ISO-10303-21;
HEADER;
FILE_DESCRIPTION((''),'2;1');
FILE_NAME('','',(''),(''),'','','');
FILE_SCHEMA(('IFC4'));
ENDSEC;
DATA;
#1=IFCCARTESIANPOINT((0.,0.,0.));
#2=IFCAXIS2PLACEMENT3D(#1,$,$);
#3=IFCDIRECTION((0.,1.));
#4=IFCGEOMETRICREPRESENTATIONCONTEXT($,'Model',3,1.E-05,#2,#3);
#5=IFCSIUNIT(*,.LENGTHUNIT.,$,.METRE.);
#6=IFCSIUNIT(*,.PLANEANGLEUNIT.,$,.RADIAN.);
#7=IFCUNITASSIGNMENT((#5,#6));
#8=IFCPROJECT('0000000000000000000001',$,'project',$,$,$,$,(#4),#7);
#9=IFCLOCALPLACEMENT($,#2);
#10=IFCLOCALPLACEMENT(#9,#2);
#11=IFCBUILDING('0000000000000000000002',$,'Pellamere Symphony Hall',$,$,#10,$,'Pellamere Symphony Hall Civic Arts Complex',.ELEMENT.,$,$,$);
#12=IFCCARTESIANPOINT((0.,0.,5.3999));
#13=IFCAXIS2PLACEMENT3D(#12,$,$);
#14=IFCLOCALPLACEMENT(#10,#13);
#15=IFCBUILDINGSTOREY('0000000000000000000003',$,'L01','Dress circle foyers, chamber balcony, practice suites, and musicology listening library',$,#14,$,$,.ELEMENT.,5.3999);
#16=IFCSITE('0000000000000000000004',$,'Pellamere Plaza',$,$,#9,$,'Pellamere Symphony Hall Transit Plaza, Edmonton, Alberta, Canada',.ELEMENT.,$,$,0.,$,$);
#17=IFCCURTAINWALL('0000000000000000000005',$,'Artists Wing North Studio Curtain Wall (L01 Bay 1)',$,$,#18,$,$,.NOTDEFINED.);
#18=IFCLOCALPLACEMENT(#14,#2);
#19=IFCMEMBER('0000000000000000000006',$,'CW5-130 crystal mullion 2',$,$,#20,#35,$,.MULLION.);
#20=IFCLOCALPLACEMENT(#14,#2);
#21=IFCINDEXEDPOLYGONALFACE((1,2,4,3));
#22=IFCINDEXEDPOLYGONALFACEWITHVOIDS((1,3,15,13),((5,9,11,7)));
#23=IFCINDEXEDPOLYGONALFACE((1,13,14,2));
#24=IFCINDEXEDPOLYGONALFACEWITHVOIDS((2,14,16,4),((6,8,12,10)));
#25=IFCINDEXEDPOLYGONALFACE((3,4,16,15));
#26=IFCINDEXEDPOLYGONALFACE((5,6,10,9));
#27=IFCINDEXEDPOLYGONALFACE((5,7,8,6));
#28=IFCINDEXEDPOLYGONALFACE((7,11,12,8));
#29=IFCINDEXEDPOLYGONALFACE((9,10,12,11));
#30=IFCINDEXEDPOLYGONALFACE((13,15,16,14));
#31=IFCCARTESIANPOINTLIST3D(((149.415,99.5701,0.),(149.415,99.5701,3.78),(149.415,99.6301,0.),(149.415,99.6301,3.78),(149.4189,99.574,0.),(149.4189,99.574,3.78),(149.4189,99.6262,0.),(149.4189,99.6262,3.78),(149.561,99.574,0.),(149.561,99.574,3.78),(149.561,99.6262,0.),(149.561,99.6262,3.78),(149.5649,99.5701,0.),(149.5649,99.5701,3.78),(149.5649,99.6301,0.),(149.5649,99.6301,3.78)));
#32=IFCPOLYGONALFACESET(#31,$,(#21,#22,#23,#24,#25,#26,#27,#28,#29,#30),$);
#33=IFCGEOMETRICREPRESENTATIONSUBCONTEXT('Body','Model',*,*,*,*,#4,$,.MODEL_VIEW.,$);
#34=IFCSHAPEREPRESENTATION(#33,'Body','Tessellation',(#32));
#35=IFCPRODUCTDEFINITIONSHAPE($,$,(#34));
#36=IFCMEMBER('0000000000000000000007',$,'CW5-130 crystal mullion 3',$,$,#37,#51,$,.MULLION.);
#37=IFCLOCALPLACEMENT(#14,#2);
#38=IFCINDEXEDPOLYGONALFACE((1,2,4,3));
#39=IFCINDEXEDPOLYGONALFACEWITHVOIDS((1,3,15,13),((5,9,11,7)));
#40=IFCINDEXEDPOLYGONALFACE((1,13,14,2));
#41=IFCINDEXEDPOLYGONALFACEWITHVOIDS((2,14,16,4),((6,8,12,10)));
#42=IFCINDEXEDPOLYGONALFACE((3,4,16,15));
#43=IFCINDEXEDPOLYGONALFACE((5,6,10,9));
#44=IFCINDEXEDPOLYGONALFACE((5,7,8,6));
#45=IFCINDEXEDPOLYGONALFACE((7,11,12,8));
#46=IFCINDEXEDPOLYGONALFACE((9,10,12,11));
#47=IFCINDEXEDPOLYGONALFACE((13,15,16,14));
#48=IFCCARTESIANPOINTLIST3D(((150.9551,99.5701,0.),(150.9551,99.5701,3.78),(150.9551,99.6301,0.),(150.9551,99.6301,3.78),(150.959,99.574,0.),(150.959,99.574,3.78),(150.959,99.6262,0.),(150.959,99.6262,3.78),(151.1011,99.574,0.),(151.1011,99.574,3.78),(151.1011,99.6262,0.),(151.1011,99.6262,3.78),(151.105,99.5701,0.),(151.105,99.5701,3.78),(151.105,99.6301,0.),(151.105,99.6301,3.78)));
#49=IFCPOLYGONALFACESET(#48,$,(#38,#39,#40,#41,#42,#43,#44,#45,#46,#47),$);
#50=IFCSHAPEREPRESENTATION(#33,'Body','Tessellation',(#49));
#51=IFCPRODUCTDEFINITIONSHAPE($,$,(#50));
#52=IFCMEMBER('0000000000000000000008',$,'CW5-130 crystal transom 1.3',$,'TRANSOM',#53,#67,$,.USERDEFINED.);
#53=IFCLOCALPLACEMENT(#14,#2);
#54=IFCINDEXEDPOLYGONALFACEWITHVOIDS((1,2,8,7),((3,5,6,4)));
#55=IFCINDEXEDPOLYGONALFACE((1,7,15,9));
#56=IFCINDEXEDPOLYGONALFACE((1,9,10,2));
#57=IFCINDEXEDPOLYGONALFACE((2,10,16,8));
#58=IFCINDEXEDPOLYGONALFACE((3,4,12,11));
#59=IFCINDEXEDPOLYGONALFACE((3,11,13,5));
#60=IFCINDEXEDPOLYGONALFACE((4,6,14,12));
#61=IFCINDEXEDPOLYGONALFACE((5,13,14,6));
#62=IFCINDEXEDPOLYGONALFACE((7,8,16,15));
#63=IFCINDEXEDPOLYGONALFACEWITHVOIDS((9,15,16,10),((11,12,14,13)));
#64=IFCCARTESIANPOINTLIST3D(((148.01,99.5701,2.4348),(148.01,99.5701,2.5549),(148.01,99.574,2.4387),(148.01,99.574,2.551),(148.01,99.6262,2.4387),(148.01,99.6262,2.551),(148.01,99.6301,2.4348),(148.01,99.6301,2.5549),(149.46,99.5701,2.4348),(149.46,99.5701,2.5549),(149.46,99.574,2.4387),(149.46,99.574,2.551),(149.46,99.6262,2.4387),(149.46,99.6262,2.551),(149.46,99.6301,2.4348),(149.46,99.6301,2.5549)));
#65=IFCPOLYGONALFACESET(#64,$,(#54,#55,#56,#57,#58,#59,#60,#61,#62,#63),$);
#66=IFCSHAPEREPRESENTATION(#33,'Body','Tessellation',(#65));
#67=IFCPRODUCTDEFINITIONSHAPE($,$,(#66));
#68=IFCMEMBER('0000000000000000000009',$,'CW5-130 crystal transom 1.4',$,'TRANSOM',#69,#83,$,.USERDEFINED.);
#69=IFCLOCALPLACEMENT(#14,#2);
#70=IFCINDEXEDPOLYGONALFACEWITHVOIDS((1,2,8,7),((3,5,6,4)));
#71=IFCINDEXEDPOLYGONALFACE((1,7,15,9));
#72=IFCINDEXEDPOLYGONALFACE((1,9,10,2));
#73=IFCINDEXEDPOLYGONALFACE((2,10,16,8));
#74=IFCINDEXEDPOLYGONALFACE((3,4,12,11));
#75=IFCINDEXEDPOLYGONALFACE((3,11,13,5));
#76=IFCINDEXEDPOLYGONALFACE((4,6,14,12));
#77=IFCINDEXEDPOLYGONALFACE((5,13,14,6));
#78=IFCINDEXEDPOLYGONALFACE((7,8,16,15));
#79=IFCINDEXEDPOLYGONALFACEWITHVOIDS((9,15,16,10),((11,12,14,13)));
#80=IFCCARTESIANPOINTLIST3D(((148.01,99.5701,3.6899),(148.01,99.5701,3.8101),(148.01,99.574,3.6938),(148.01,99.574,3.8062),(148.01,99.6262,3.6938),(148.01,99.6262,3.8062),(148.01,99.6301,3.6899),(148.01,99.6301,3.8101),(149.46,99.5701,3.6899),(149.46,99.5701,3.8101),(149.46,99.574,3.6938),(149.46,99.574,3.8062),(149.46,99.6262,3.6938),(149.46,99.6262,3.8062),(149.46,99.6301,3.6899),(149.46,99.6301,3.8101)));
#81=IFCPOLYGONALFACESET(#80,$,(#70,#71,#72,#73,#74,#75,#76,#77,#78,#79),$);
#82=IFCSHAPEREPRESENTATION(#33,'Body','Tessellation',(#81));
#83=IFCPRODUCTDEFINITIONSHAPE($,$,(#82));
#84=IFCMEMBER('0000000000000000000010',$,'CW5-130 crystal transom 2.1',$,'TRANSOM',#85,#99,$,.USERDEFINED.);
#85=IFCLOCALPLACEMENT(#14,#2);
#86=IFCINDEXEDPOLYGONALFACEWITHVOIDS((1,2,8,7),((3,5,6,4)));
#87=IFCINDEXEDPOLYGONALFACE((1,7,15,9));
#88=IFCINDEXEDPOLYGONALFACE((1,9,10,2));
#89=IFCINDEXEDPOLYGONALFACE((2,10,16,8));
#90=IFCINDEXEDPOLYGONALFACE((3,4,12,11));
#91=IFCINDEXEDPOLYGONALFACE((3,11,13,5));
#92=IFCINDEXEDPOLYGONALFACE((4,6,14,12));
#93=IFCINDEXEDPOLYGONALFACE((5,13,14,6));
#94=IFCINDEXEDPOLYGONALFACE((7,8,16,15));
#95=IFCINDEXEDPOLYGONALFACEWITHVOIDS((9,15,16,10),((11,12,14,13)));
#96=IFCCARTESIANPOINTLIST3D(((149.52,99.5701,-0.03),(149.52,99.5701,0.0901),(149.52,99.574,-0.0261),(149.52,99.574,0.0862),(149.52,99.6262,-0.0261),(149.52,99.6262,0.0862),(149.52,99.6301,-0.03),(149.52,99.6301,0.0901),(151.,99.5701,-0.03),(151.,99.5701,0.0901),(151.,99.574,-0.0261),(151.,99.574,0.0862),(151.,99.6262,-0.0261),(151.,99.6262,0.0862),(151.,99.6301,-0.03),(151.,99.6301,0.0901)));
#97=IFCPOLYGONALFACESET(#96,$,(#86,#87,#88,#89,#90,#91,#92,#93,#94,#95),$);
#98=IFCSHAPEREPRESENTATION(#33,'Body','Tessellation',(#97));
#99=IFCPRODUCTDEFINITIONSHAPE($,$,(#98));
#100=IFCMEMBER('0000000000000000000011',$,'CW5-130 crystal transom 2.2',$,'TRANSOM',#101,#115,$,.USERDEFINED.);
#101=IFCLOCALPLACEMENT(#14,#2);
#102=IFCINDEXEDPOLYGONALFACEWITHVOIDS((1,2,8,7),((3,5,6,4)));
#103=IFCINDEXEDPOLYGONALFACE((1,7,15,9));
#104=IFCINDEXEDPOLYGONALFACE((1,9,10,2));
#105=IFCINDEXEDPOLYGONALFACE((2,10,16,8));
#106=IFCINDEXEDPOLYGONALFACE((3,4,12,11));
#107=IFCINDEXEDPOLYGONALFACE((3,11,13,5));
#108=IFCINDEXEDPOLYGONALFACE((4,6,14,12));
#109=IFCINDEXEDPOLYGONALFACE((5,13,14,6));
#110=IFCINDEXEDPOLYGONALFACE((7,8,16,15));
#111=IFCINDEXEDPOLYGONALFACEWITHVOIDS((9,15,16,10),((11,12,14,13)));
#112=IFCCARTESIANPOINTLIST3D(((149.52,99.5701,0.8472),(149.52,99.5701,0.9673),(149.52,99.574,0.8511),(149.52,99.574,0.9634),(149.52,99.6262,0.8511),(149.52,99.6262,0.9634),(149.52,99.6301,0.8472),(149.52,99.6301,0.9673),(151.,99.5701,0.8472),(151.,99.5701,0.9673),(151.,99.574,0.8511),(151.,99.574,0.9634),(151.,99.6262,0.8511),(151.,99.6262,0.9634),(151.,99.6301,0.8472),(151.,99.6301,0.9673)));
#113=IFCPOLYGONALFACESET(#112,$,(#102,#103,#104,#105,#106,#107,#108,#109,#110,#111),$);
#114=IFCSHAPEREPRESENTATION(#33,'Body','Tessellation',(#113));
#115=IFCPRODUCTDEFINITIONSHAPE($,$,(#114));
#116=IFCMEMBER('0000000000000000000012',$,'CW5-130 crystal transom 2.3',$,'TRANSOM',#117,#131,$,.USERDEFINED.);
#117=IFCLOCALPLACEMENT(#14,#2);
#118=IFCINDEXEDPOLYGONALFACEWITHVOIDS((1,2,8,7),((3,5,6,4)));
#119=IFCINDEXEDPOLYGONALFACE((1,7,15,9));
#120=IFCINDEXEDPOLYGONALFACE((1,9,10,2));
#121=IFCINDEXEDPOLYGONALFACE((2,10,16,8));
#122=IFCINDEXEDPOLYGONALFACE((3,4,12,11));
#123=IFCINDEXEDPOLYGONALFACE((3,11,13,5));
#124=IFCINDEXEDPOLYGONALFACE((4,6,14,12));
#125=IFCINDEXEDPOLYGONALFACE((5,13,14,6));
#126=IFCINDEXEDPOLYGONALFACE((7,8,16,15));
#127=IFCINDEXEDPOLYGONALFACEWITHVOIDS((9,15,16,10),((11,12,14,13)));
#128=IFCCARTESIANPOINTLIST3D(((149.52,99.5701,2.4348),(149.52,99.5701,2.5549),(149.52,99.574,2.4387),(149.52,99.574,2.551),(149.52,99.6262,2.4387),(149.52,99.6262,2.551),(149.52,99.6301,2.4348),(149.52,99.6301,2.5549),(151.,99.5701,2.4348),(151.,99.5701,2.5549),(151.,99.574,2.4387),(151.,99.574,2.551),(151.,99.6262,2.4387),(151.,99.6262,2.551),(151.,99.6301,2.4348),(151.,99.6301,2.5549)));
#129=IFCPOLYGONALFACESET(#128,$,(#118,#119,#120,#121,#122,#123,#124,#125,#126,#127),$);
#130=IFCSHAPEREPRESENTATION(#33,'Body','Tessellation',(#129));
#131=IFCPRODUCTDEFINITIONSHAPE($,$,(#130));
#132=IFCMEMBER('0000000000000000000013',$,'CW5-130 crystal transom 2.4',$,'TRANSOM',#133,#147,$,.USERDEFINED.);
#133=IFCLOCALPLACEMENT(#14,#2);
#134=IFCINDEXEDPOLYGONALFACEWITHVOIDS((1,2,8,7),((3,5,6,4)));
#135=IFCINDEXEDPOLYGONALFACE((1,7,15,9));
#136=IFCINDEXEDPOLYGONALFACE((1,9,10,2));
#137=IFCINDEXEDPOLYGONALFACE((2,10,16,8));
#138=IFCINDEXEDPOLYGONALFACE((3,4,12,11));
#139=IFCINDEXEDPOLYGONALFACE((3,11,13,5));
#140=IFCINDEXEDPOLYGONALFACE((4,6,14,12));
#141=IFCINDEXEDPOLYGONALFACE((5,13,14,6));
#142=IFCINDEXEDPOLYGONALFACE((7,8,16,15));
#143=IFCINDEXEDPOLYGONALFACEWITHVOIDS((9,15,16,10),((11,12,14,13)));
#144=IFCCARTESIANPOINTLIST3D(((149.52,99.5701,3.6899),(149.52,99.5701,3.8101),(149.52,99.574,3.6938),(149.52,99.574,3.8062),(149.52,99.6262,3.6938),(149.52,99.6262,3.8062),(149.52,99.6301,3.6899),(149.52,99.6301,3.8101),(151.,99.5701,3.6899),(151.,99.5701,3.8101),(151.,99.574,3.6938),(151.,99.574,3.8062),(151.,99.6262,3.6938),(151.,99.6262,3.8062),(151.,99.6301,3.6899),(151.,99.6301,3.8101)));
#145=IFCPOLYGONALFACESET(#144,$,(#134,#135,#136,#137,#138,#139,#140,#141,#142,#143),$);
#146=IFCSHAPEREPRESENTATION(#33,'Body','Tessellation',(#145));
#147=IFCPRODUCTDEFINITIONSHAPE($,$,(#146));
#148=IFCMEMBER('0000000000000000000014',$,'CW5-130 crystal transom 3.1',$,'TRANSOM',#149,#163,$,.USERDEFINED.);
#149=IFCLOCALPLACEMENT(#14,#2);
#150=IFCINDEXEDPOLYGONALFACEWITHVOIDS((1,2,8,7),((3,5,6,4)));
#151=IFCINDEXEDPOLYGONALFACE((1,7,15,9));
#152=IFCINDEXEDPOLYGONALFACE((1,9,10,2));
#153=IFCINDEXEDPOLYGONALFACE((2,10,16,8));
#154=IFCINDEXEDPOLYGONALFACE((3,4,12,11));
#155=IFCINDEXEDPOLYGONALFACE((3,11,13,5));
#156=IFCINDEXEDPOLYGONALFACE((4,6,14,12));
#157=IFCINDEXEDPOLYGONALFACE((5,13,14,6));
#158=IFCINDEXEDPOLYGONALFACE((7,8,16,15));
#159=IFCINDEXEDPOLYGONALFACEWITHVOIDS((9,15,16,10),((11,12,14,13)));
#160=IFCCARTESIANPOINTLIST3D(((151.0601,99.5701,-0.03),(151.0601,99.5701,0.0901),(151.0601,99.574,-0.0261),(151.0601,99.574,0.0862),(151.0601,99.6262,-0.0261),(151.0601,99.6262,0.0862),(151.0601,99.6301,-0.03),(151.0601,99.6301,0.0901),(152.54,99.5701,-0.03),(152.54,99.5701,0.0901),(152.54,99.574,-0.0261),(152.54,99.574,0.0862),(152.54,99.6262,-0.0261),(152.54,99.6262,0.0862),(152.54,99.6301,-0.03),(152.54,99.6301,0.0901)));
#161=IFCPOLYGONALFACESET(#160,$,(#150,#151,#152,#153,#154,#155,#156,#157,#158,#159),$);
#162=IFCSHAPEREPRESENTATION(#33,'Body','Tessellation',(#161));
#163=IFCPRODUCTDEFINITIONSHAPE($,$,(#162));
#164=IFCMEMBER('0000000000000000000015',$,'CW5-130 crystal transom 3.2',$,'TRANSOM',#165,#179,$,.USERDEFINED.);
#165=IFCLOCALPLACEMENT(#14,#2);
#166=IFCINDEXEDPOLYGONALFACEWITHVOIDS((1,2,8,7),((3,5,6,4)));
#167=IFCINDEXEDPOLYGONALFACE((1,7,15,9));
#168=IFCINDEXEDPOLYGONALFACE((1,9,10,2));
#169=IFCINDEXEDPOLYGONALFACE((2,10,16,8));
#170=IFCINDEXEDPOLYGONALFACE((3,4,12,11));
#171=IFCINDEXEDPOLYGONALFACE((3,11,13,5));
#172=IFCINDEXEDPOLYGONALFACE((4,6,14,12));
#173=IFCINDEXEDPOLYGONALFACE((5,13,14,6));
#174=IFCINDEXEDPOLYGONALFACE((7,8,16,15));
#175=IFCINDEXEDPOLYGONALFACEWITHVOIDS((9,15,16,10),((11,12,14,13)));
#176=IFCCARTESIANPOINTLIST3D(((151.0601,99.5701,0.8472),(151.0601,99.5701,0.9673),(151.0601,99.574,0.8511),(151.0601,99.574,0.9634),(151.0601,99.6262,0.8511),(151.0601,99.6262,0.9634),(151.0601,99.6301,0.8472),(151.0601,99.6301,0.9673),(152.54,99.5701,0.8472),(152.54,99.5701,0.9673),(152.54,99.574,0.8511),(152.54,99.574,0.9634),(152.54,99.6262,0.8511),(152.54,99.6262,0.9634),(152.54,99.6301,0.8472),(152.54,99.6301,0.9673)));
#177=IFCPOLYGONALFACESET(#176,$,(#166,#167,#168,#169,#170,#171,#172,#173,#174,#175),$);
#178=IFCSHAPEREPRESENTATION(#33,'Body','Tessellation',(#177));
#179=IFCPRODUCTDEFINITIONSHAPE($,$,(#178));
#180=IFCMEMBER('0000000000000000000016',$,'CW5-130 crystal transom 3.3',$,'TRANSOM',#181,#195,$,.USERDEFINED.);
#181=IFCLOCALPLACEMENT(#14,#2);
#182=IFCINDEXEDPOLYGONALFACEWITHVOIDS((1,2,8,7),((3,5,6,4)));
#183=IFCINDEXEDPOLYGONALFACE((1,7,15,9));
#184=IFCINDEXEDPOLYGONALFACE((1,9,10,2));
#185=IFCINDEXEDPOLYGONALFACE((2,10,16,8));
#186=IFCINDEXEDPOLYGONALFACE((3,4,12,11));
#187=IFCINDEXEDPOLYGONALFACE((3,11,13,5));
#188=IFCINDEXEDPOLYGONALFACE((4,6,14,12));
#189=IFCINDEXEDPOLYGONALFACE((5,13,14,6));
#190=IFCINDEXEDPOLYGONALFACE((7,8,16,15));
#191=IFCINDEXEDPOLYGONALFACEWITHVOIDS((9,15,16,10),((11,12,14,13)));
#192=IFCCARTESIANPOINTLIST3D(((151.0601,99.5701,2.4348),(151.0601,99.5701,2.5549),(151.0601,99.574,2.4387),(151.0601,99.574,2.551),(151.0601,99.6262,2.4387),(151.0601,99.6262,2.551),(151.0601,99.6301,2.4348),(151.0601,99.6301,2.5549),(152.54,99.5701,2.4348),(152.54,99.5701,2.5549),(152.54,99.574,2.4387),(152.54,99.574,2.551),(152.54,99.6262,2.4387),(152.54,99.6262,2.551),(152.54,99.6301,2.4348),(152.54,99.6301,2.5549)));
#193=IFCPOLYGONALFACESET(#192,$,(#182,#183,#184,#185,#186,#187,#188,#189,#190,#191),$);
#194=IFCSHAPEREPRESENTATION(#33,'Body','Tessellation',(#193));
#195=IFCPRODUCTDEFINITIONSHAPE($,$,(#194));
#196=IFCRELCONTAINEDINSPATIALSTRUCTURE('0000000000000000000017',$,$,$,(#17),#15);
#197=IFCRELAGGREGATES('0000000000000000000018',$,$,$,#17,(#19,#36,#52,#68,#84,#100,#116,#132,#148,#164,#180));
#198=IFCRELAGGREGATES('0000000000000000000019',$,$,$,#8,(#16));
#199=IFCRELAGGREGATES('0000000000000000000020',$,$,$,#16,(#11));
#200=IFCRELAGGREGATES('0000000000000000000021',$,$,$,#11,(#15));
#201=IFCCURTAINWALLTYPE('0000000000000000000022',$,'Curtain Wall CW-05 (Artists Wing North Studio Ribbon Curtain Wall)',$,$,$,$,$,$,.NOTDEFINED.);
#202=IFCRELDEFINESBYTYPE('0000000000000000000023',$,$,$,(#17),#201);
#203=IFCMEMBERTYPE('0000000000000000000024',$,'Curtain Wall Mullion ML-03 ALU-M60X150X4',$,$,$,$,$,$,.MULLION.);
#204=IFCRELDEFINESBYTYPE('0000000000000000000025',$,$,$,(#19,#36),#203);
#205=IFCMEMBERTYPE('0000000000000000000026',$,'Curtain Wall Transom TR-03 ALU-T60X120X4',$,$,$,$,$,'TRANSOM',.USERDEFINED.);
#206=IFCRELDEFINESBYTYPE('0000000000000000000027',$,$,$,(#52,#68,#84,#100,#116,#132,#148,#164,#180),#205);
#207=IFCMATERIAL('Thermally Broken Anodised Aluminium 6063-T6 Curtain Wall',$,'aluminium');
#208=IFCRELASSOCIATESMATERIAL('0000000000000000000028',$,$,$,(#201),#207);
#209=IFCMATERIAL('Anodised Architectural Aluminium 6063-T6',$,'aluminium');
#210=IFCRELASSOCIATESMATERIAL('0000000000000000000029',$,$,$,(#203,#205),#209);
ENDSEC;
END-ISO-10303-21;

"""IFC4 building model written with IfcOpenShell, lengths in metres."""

from ifc_helpers import new_model, si_unit, direction, frame, origin, origin_2d, place, context, subcontext, project, spatial, hollow_rectangle, extrude, material, material_profile, profile_set, type_object, element, aggregate, save


model = new_model("IFC4")

# Units and contexts
model_context = context("Model", 3, precision=1e-05, world=origin(), true_north=direction((0.0, 1.0)))
body_context = subcontext(model_context, "Body", "Model", "MODEL_VIEW")
ifc_project = project(units=[si_unit("LENGTHUNIT", "METRE"), si_unit("PLANEANGLEUNIT", "RADIAN")], contexts=[model_context])

# Site, building, storey
site_placement = place(None, origin())
site = spatial("IfcSite", under=ifc_project, at=site_placement, Name="Pellamere Plaza", LongName="Pellamere Symphony Hall Transit Plaza, Edmonton, Alberta, Canada", CompositionType="ELEMENT", RefElevation=0.0)
building_placement = place(site_placement, origin())
building = spatial("IfcBuilding", under=site, at=building_placement, Name="Pellamere Symphony Hall", LongName="Pellamere Symphony Hall Civic Arts Complex", CompositionType="ELEMENT")
storey_placement = place(building_placement, frame((0.0, 0.0, 5.3999)))
storey = spatial("IfcBuildingStorey", under=building, at=storey_placement, Name="L01", Description="Dress circle foyers, chamber balcony, practice suites, and musicology listening library", CompositionType="ELEMENT", Elevation=5.3999)

# Curtain wall, members
ifc_material_1 = material(Name="Thermally Broken Anodised Aluminium 6063-T6 Curtain Wall", Category="aluminium")
curtain_wall_type = type_object("IfcCurtainWallType", Name="Curtain Wall CW-05 (Artists Wing North Studio Ribbon Curtain Wall)", PredefinedType="NOTDEFINED", material=ifc_material_1)
curtain_wall_placement = place(storey_placement, origin())
curtain_wall = element("IfcCurtainWall", 1, at=curtain_wall_placement, inside=storey, type_object=curtain_wall_type, Name="Artists Wing North Studio Curtain Wall (L01 Bay 1)", PredefinedType="NOTDEFINED")
ifc_material_2 = material(Name="Anodised Architectural Aluminium 6063-T6", Category="aluminium")
ifc_material_profile_1 = material_profile(ifc_material_2, hollow_rectangle(XDim=0.0601, YDim=0.1499, WallThickness=0.0039, at=origin_2d()), Name="ALU-M60X150X4")
ifc_profile_set_1 = profile_set([ifc_material_profile_1], Name="Anodised Architectural Aluminium 6063-T6")
member_type_1 = type_object("IfcMemberType", Name="Curtain Wall Mullion ML-03 ALU-M60X150X4", PredefinedType="MULLION", material=ifc_profile_set_1)
member_1_placement = place(storey_placement, frame((149.49, 99.6001, 0.0), z_axis=(0.0, 0.0, 1.0), x_axis=(0.0, 1.0, 0.0)))
member_1 = element("IfcMember", 2, at=member_1_placement, type_object=member_type_1, Name="CW5-130 crystal mullion 2", PredefinedType="MULLION", context=body_context, shape_type="SweptSolid", body=[
    extrude(hollow_rectangle(XDim=0.0601, YDim=0.1499, WallThickness=0.0039, at=origin_2d()), origin(), (0.0, 0.0, 1.0), 3.78),
])
member_2_placement = place(storey_placement, frame((151.03, 99.6001, 0.0), z_axis=(0.0, 0.0, 1.0), x_axis=(0.0, 1.0, 0.0)))
member_2 = element("IfcMember", 3, at=member_2_placement, type_object=member_type_1, Name="CW5-130 crystal mullion 3", PredefinedType="MULLION", context=body_context, shape_type="SweptSolid", body=[
    extrude(hollow_rectangle(XDim=0.0601, YDim=0.1499, WallThickness=0.0039, at=origin_2d()), origin(), (0.0, 0.0, 1.0), 3.78),
])
ifc_material_profile_2 = material_profile(ifc_material_2, hollow_rectangle(XDim=0.0601, YDim=0.1201, WallThickness=0.0039, at=origin_2d()), Name="ALU-T60X120X4")
ifc_profile_set_2 = profile_set([ifc_material_profile_2], Name="Anodised Architectural Aluminium 6063-T6")
member_type_2 = type_object("IfcMemberType", Name="Curtain Wall Transom TR-03 ALU-T60X120X4", ElementType="TRANSOM", PredefinedType="USERDEFINED", material=ifc_profile_set_2)
member_3_placement = place(storey_placement, frame((148.01, 99.6001, 2.4949), z_axis=(1.0, 0.0, 0.0), x_axis=(0.0, 1.0, 0.0)))
member_3 = element("IfcMember", 4, at=member_3_placement, type_object=member_type_2, Name="CW5-130 crystal transom 1.3", ObjectType="TRANSOM", PredefinedType="USERDEFINED", context=body_context, shape_type="SweptSolid", body=[
    extrude(hollow_rectangle(XDim=0.0601, YDim=0.1201, WallThickness=0.0039, at=origin_2d()), origin(), (0.0, 0.0, 1.0), 1.45),
])
member_4_placement = place(storey_placement, frame((148.01, 99.6001, 3.75), z_axis=(1.0, 0.0, 0.0), x_axis=(0.0, 1.0, 0.0)))
member_4 = element("IfcMember", 5, at=member_4_placement, type_object=member_type_2, Name="CW5-130 crystal transom 1.4", ObjectType="TRANSOM", PredefinedType="USERDEFINED", context=body_context, shape_type="SweptSolid", body=[
    extrude(hollow_rectangle(XDim=0.0601, YDim=0.1201, WallThickness=0.0039, at=origin_2d()), origin(), (0.0, 0.0, 1.0), 1.45),
])
member_5_placement = place(storey_placement, frame((149.52, 99.6001, 0.03), z_axis=(1.0, 0.0, 0.0), x_axis=(0.0, 1.0, 0.0)))
member_5 = element("IfcMember", 6, at=member_5_placement, type_object=member_type_2, Name="CW5-130 crystal transom 2.1", ObjectType="TRANSOM", PredefinedType="USERDEFINED", context=body_context, shape_type="SweptSolid", body=[
    extrude(hollow_rectangle(XDim=0.0601, YDim=0.1201, WallThickness=0.0039, at=origin_2d()), origin(), (0.0, 0.0, 1.0), 1.48),
])
member_6_placement = place(storey_placement, frame((149.52, 99.6001, 0.9072), z_axis=(1.0, 0.0, 0.0), x_axis=(0.0, 1.0, 0.0)))
member_6 = element("IfcMember", 7, at=member_6_placement, type_object=member_type_2, Name="CW5-130 crystal transom 2.2", ObjectType="TRANSOM", PredefinedType="USERDEFINED", context=body_context, shape_type="SweptSolid", body=[
    extrude(hollow_rectangle(XDim=0.0601, YDim=0.1201, WallThickness=0.0039, at=origin_2d()), origin(), (0.0, 0.0, 1.0), 1.48),
])
member_7_placement = place(storey_placement, frame((149.52, 99.6001, 2.4949), z_axis=(1.0, 0.0, 0.0), x_axis=(0.0, 1.0, 0.0)))
member_7 = element("IfcMember", 8, at=member_7_placement, type_object=member_type_2, Name="CW5-130 crystal transom 2.3", ObjectType="TRANSOM", PredefinedType="USERDEFINED", context=body_context, shape_type="SweptSolid", body=[
    extrude(hollow_rectangle(XDim=0.0601, YDim=0.1201, WallThickness=0.0039, at=origin_2d()), origin(), (0.0, 0.0, 1.0), 1.48),
])
member_8_placement = place(storey_placement, frame((149.52, 99.6001, 3.75), z_axis=(1.0, 0.0, 0.0), x_axis=(0.0, 1.0, 0.0)))
member_8 = element("IfcMember", 9, at=member_8_placement, type_object=member_type_2, Name="CW5-130 crystal transom 2.4", ObjectType="TRANSOM", PredefinedType="USERDEFINED", context=body_context, shape_type="SweptSolid", body=[
    extrude(hollow_rectangle(XDim=0.0601, YDim=0.1201, WallThickness=0.0039, at=origin_2d()), origin(), (0.0, 0.0, 1.0), 1.48),
])
member_9_placement = place(storey_placement, frame((151.0601, 99.6001, 0.03), z_axis=(1.0, 0.0, 0.0), x_axis=(0.0, 1.0, 0.0)))
member_9 = element("IfcMember", 10, at=member_9_placement, type_object=member_type_2, Name="CW5-130 crystal transom 3.1", ObjectType="TRANSOM", PredefinedType="USERDEFINED", context=body_context, shape_type="SweptSolid", body=[
    extrude(hollow_rectangle(XDim=0.0601, YDim=0.1201, WallThickness=0.0039, at=origin_2d()), origin(), (0.0, 0.0, 1.0), 1.48),
])
member_10_placement = place(storey_placement, frame((151.0601, 99.6001, 0.9072), z_axis=(1.0, 0.0, 0.0), x_axis=(0.0, 1.0, 0.0)))
member_10 = element("IfcMember", 11, at=member_10_placement, type_object=member_type_2, Name="CW5-130 crystal transom 3.2", ObjectType="TRANSOM", PredefinedType="USERDEFINED", context=body_context, shape_type="SweptSolid", body=[
    extrude(hollow_rectangle(XDim=0.0601, YDim=0.1201, WallThickness=0.0039, at=origin_2d()), origin(), (0.0, 0.0, 1.0), 1.48),
])
member_11_placement = place(storey_placement, frame((151.0601, 99.6001, 2.4949), z_axis=(1.0, 0.0, 0.0), x_axis=(0.0, 1.0, 0.0)))
member_11 = element("IfcMember", 12, at=member_11_placement, type_object=member_type_2, Name="CW5-130 crystal transom 3.3", ObjectType="TRANSOM", PredefinedType="USERDEFINED", context=body_context, shape_type="SweptSolid", body=[
    extrude(hollow_rectangle(XDim=0.0601, YDim=0.1201, WallThickness=0.0039, at=origin_2d()), origin(), (0.0, 0.0, 1.0), 1.48),
])
aggregate(curtain_wall, [member_1, member_2, member_3, member_4, member_5, member_6, member_7, member_8, member_9, member_10, member_11])

save(model, "model.ifc")
